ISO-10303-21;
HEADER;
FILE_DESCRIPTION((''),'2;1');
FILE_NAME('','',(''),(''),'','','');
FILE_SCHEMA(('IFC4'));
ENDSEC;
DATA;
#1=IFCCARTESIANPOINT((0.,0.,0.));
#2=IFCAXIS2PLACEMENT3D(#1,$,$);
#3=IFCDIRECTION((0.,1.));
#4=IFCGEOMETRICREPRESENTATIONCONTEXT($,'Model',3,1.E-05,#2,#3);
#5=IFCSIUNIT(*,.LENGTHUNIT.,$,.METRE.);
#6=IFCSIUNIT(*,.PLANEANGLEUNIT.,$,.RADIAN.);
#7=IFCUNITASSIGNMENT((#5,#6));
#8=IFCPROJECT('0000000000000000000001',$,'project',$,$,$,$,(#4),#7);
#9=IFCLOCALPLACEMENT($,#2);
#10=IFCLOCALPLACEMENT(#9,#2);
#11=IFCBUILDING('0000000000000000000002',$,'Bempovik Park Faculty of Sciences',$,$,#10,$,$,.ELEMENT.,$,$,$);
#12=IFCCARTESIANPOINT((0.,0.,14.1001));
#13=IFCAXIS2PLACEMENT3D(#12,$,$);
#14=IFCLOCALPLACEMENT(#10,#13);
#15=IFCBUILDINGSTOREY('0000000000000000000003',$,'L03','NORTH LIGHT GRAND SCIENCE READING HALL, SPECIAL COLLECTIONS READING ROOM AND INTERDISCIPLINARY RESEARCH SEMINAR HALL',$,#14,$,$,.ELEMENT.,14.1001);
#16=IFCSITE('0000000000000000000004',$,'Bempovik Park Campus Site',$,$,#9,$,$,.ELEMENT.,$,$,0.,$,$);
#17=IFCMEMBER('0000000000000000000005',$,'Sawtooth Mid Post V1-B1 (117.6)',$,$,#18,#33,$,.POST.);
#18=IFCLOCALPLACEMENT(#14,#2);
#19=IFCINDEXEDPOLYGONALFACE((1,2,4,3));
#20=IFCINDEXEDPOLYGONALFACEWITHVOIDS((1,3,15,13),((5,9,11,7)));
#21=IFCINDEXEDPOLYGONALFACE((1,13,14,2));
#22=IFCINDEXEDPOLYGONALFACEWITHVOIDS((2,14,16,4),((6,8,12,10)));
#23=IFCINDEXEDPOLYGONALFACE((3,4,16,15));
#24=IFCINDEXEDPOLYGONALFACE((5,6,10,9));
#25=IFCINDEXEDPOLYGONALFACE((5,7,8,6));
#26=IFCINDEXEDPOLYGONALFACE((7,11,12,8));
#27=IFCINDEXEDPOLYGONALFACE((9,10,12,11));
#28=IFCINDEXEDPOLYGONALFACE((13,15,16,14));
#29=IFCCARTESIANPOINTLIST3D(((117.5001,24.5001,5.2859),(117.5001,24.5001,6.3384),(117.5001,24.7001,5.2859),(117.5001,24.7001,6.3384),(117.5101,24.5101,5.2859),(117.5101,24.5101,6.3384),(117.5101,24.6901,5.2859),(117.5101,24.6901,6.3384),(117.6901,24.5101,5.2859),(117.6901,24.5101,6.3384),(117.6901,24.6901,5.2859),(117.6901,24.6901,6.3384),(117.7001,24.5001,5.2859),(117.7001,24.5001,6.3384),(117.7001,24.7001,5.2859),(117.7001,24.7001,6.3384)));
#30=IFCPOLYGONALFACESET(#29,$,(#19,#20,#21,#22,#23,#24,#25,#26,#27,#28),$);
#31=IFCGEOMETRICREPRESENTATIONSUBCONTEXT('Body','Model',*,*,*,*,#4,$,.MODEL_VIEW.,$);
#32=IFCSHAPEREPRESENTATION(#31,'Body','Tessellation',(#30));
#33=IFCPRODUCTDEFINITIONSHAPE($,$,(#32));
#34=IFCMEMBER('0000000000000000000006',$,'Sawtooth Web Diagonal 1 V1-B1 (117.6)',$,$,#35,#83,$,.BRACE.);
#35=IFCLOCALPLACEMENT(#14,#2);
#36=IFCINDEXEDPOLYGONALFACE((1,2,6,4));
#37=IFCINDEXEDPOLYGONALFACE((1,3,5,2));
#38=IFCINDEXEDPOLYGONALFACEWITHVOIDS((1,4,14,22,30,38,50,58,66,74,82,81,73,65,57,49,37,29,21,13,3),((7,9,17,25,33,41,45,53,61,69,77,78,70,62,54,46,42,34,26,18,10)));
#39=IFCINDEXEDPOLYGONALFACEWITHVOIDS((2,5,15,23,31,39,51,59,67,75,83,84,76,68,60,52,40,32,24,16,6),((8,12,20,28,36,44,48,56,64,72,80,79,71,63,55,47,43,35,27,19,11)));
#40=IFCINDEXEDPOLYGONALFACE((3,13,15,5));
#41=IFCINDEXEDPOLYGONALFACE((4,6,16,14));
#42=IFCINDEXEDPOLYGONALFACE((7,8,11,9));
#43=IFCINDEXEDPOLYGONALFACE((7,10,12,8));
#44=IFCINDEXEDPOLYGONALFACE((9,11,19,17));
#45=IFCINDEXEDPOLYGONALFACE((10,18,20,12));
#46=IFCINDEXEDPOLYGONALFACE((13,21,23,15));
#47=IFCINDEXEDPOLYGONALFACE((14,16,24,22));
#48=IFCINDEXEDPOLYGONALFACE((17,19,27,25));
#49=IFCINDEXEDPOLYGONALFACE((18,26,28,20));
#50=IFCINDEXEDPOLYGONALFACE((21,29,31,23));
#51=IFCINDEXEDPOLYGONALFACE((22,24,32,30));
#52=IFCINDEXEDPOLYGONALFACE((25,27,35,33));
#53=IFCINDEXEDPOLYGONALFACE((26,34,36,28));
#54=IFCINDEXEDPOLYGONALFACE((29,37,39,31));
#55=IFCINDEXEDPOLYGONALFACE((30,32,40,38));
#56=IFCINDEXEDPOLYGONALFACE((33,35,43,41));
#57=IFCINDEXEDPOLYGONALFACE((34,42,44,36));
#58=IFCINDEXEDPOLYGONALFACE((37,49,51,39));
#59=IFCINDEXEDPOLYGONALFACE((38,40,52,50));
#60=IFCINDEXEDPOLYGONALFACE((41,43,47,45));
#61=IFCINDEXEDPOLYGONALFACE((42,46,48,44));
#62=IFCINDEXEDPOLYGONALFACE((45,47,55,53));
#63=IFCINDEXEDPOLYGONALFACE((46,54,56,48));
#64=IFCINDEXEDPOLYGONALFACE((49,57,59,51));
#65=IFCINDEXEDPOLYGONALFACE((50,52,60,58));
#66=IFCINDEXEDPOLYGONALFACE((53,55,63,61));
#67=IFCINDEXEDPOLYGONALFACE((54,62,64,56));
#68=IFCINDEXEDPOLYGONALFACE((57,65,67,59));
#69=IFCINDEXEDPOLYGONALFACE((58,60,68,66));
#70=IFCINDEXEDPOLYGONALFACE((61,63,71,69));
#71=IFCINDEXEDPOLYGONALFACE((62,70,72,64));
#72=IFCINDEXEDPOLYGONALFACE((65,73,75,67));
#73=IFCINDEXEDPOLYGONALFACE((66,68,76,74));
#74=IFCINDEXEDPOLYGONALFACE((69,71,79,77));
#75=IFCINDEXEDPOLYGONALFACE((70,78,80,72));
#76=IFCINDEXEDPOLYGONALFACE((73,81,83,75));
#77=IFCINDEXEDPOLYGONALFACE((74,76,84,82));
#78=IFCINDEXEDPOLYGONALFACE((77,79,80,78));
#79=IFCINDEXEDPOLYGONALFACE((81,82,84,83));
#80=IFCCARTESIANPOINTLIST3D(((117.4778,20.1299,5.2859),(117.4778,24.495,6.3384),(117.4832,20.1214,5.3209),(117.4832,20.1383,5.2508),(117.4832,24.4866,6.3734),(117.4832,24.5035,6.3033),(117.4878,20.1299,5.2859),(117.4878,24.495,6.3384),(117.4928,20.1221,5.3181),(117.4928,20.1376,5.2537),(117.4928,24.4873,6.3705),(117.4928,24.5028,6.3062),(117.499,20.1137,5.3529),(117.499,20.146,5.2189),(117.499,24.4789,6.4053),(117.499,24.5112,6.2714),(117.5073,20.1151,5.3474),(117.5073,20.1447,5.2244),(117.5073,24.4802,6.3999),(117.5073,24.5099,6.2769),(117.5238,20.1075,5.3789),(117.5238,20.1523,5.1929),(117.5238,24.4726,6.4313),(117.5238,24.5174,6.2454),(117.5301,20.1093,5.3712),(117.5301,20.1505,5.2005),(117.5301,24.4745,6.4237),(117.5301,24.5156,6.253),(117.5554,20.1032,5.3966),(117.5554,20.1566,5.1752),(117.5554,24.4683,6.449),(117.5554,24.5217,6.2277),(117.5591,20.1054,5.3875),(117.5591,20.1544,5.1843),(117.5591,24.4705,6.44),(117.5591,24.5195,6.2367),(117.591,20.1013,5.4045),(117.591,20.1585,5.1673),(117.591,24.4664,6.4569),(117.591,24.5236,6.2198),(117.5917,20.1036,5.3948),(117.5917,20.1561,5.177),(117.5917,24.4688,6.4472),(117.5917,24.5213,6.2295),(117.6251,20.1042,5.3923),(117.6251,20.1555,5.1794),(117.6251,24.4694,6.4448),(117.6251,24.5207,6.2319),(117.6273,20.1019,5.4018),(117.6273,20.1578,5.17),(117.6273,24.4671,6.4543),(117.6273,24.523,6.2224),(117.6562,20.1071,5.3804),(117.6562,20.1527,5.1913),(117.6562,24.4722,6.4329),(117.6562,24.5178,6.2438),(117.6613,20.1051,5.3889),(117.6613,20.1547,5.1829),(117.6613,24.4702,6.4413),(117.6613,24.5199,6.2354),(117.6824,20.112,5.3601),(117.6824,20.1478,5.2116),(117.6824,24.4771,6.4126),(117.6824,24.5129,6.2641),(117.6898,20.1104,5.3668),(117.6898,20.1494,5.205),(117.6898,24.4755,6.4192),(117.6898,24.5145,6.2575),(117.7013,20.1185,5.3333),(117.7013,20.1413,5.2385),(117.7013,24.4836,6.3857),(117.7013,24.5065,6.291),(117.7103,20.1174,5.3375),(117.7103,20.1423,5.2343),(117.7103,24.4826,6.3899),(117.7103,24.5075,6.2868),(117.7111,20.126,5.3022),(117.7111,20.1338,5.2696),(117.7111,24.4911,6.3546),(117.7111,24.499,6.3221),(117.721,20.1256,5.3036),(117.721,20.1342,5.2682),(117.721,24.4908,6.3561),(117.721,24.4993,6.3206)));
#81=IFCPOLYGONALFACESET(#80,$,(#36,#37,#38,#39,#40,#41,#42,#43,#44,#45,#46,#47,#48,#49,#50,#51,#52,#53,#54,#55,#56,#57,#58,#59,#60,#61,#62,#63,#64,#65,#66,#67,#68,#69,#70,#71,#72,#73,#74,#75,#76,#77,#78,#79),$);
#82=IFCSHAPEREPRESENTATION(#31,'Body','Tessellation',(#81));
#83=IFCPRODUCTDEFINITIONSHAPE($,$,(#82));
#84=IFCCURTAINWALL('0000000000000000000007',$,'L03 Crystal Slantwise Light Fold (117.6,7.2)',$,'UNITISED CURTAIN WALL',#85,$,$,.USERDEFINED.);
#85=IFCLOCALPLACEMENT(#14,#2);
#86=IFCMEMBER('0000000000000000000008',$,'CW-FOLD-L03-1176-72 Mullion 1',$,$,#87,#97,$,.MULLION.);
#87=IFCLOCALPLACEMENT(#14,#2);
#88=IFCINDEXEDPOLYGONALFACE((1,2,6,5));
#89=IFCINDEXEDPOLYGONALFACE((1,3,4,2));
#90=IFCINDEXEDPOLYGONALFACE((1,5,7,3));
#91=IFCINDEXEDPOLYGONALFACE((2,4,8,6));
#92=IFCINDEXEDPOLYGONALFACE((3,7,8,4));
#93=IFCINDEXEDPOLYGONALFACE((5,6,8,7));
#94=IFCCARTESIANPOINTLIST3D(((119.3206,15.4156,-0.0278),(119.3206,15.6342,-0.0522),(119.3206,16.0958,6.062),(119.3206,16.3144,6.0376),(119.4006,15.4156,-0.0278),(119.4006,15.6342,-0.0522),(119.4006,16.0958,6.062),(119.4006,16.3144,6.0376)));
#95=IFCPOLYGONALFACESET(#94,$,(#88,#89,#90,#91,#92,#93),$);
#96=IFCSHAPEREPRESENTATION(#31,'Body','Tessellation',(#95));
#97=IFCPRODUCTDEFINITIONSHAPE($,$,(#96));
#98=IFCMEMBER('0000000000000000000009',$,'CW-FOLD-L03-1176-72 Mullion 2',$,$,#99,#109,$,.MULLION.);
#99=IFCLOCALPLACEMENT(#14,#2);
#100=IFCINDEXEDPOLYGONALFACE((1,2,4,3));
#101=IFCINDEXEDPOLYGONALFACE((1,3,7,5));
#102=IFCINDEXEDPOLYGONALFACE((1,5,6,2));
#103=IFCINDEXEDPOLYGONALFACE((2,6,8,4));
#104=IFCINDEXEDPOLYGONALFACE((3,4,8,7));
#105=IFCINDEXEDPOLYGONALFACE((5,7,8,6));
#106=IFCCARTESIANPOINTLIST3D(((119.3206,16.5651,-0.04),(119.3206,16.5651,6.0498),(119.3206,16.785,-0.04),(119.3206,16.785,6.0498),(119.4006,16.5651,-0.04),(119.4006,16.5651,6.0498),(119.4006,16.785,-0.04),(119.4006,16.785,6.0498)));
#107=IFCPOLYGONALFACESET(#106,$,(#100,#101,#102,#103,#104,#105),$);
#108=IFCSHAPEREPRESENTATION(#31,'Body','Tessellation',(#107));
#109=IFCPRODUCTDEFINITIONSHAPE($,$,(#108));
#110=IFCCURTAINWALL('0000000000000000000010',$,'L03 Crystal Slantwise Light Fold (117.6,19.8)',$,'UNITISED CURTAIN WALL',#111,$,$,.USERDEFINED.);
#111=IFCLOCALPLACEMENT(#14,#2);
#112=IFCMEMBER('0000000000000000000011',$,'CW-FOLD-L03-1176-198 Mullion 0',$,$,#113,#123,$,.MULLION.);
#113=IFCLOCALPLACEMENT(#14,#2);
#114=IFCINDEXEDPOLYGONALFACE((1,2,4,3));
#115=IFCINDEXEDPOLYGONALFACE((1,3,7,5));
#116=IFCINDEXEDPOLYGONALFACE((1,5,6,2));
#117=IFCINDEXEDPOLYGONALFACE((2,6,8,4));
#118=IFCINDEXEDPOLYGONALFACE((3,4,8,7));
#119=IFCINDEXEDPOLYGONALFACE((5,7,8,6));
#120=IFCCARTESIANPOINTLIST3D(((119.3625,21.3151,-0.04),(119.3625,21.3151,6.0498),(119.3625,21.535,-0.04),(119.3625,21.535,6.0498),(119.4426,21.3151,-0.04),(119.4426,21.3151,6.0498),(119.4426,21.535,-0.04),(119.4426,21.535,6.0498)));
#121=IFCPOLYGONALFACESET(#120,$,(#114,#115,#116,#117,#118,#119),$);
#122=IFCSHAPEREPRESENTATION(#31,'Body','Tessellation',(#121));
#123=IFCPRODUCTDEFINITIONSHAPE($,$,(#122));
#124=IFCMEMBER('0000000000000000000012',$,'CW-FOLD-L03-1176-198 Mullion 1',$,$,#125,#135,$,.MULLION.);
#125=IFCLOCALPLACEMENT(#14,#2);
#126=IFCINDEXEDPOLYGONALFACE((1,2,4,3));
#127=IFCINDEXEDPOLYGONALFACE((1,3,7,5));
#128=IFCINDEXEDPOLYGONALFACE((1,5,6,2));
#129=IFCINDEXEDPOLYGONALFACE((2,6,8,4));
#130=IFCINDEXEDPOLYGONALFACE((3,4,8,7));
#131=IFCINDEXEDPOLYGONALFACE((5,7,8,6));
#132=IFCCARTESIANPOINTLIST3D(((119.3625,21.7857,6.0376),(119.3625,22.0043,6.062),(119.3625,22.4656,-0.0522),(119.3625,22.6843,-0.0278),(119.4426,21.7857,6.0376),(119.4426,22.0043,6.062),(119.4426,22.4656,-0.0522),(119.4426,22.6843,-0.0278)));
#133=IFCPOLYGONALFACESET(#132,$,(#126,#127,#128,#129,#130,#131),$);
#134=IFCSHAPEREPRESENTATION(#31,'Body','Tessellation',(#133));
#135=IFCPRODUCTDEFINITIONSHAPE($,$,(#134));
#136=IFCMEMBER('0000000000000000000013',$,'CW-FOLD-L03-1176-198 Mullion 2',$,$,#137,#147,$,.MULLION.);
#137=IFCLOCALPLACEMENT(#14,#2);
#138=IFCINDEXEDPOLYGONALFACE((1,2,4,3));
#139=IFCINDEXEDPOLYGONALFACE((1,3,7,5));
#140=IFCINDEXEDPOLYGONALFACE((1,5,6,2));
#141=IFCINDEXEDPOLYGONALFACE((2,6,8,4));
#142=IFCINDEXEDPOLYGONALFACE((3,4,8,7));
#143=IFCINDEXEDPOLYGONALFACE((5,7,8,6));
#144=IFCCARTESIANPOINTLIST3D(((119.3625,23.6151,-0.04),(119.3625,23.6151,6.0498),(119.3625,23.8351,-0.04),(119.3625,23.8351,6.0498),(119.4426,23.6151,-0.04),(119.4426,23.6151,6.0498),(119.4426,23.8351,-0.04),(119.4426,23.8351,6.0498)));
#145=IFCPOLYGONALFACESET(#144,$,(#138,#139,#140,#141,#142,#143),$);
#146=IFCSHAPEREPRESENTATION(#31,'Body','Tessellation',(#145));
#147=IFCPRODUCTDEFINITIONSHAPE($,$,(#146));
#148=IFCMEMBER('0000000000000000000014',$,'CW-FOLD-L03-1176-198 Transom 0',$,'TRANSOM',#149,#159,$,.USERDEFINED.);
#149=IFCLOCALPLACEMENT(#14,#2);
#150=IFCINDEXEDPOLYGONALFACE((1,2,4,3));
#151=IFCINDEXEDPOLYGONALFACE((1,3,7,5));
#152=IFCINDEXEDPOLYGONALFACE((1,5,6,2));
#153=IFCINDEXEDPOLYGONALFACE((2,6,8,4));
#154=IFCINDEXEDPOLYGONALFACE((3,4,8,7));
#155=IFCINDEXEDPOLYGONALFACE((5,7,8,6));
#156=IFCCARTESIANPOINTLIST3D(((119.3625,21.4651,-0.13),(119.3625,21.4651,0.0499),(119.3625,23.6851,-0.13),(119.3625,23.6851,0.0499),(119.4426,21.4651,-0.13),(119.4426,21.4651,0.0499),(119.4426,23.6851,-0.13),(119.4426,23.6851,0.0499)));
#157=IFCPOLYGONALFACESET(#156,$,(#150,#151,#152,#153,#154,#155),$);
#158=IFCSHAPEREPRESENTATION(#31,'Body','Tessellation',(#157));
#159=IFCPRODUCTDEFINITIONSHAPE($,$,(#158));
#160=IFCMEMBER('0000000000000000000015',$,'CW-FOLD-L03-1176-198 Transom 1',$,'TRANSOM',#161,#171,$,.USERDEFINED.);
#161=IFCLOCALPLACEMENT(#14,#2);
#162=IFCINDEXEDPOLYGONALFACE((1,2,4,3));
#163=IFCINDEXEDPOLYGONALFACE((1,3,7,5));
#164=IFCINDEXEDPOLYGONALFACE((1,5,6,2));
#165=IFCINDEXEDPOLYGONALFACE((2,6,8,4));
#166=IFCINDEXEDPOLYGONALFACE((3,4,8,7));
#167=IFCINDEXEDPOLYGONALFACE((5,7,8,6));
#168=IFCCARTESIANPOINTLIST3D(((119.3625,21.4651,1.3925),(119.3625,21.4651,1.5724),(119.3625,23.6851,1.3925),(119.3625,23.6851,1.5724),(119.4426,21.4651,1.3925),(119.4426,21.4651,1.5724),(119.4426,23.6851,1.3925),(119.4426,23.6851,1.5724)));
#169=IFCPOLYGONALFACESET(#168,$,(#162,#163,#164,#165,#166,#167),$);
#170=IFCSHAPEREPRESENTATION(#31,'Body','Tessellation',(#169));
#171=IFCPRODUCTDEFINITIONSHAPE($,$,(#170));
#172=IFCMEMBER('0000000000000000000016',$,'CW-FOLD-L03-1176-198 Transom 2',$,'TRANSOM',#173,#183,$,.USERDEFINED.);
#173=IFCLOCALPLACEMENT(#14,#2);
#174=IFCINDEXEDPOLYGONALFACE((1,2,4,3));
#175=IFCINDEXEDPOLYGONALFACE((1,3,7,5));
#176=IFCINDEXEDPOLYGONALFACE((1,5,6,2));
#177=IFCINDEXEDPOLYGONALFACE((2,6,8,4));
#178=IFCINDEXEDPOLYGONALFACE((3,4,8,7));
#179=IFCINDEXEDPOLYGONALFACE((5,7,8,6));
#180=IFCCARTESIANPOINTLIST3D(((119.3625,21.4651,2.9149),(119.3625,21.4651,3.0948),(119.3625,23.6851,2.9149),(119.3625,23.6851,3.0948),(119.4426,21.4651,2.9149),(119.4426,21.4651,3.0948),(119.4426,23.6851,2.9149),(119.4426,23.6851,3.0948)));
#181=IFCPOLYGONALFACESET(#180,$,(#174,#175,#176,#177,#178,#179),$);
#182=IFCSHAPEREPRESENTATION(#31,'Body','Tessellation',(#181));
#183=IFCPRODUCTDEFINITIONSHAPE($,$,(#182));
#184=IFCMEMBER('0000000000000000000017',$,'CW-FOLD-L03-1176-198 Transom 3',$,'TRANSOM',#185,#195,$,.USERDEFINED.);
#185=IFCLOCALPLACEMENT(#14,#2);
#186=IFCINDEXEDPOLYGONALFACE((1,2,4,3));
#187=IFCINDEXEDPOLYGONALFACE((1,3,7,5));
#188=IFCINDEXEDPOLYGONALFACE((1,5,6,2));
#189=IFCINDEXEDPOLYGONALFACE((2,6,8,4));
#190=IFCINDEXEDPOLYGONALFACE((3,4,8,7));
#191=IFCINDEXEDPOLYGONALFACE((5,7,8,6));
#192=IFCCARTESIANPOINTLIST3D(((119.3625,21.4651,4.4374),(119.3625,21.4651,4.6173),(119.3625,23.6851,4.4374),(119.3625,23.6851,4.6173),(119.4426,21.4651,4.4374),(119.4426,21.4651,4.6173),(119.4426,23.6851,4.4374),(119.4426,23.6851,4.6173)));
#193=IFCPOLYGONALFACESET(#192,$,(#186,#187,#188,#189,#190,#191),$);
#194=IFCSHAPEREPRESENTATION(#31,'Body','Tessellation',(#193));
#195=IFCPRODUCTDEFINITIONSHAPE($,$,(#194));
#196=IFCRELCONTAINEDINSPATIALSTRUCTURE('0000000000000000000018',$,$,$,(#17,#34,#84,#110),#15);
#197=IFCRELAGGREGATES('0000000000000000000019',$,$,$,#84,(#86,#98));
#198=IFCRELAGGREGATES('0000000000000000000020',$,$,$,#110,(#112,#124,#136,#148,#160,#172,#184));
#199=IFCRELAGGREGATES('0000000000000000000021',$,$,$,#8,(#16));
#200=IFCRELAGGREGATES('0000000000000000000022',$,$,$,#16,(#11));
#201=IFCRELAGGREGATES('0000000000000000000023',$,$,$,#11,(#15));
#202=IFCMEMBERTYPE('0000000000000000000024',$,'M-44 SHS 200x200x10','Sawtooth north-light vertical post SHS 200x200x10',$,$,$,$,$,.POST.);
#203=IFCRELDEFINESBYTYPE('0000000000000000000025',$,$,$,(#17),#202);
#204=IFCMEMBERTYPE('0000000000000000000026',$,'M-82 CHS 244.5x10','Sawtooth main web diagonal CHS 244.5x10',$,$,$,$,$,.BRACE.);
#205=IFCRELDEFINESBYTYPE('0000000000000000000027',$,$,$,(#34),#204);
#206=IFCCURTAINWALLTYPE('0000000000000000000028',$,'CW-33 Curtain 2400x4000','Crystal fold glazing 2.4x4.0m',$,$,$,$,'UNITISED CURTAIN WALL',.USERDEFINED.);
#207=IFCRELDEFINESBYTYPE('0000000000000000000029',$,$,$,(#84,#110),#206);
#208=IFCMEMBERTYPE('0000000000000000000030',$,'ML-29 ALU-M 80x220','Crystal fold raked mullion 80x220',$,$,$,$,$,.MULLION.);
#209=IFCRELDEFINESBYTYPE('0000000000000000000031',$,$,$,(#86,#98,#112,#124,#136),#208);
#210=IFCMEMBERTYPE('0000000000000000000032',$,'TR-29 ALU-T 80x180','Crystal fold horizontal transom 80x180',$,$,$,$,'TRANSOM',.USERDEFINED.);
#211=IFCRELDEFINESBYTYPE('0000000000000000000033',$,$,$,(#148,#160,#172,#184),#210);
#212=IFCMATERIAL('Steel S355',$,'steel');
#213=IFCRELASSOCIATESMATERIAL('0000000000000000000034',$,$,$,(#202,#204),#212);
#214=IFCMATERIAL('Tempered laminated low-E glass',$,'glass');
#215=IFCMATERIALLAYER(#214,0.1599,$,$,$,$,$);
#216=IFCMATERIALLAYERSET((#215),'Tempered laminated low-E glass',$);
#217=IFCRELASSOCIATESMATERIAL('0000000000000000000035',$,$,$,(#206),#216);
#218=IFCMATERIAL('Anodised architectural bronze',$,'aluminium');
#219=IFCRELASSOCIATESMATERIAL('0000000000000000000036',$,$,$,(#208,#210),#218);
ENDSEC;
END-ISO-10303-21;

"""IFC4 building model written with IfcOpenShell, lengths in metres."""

from ifc_helpers import new_model, si_unit, direction, frame, origin, origin_2d, place, context, subcontext, project, spatial, rectangle, hollow_rectangle, hollow_circle, extrude, material, layer, layer_set, material_profile, profile_set, type_object, element, aggregate, save


model = new_model("IFC4")

# Units and contexts
model_context = context("Model", 3, precision=1e-05, world=origin(), true_north=direction((0.0, 1.0)))
body_context = subcontext(model_context, "Body", "Model", "MODEL_VIEW")
ifc_project = project(units=[si_unit("LENGTHUNIT", "METRE"), si_unit("PLANEANGLEUNIT", "RADIAN")], contexts=[model_context])

# Site, building, storey
site_placement = place(None, origin())
site = spatial("IfcSite", under=ifc_project, at=site_placement, Name="Bempovik Park Campus Site", CompositionType="ELEMENT", RefElevation=0.0)
building_placement = place(site_placement, origin())
building = spatial("IfcBuilding", under=site, at=building_placement, Name="Bempovik Park Faculty of Sciences", CompositionType="ELEMENT")
storey_placement = place(building_placement, frame((0.0, 0.0, 14.1001)))
storey = spatial("IfcBuildingStorey", under=building, at=storey_placement, Name="L03", Description="NORTH LIGHT GRAND SCIENCE READING HALL, SPECIAL COLLECTIONS READING ROOM AND INTERDISCIPLINARY RESEARCH SEMINAR HALL", CompositionType="ELEMENT", Elevation=14.1001)

# Members
ifc_material_1 = material(Name="Steel S355", Category="steel")
ifc_material_profile_1 = material_profile(ifc_material_1, hollow_rectangle(XDim=0.2, YDim=0.2, WallThickness=0.01, at=origin_2d()), Name="SHS 200x200x10")
ifc_profile_set_1 = profile_set([ifc_material_profile_1], Name="Steel S355")
member_type_1 = type_object("IfcMemberType", Name="M-44 SHS 200x200x10", Description="Sawtooth north-light vertical post SHS 200x200x10", PredefinedType="POST", material=ifc_profile_set_1)
member_1_placement = place(storey_placement, frame((117.6001, 24.6001, 5.2859), z_axis=(0.0, 0.0, 1.0), x_axis=(1.0, 0.0, 0.0)))
element("IfcMember", 1, at=member_1_placement, inside=storey, type_object=member_type_1, Name="Sawtooth Mid Post V1-B1 (117.6)", PredefinedType="POST", context=body_context, shape_type="SweptSolid", body=[
    extrude(hollow_rectangle(XDim=0.2, YDim=0.2, WallThickness=0.01, at=origin_2d()), origin(), (0.0, 0.0, 1.0), 1.0525),
])
ifc_material_profile_2 = material_profile(ifc_material_1, hollow_circle(Radius=0.1223, WallThickness=0.01, at=origin_2d()), Name="CHS 244.5x10")
ifc_profile_set_2 = profile_set([ifc_material_profile_2], Name="Steel S355")
member_type_2 = type_object("IfcMemberType", Name="M-82 CHS 244.5x10", Description="Sawtooth main web diagonal CHS 244.5x10", PredefinedType="BRACE", material=ifc_profile_set_2)
member_2_placement = place(storey_placement, frame((117.6001, 20.1299, 5.2859), z_axis=(0.0, 0.972142, 0.234391), x_axis=(-1.0, 0.0, 0.0)))
element("IfcMember", 2, at=member_2_placement, inside=storey, type_object=member_type_2, Name="Sawtooth Web Diagonal 1 V1-B1 (117.6)", PredefinedType="BRACE", context=body_context, shape_type="SweptSolid", body=[
    extrude(hollow_circle(Radius=0.1223, WallThickness=0.01, at=origin_2d()), origin(), (0.0, 0.0, 1.0), 4.4902),
])

# Curtain walls, members
ifc_material_2 = material(Name="Tempered laminated low-E glass", Category="glass")
ifc_layer_1 = layer(ifc_material_2, 0.1599)
ifc_layer_set_1 = layer_set([ifc_layer_1], Name="Tempered laminated low-E glass")
curtain_wall_type = type_object("IfcCurtainWallType", Name="CW-33 Curtain 2400x4000", Description="Crystal fold glazing 2.4x4.0m", ElementType="UNITISED CURTAIN WALL", PredefinedType="USERDEFINED", material=ifc_layer_set_1)
curtain_wall_1_placement = place(storey_placement, origin())
curtain_wall_1 = element("IfcCurtainWall", 3, at=curtain_wall_1_placement, inside=storey, type_object=curtain_wall_type, Name="L03 Crystal Slantwise Light Fold (117.6,7.2)", ObjectType="UNITISED CURTAIN WALL", PredefinedType="USERDEFINED")
ifc_material_3 = material(Name="Anodised architectural bronze", Category="aluminium")
ifc_material_profile_3 = material_profile(ifc_material_3, rectangle(XDim=0.0801, YDim=0.22, at=origin_2d()), Name="ALU-M 80x220")
ifc_profile_set_3 = profile_set([ifc_material_profile_3], Name="Anodised architectural bronze")
member_type_3 = type_object("IfcMemberType", Name="ML-29 ALU-M 80x220", Description="Crystal fold raked mullion 80x220", PredefinedType="MULLION", material=ifc_profile_set_3)
member_3_placement = place(storey_placement, frame((119.3606, 15.5249, -0.04), z_axis=(0.0, 0.111, 0.99382), x_axis=(-1.0, 0.0, 0.0)))
member_3 = element("IfcMember", 4, at=member_3_placement, type_object=member_type_3, Name="CW-FOLD-L03-1176-72 Mullion 1", PredefinedType="MULLION", context=body_context, shape_type="SweptSolid", body=[
    extrude(rectangle(XDim=0.0801, YDim=0.22, at=origin_2d()), origin(), (0.0, 0.0, 1.0), 6.1277),
])
member_4_placement = place(storey_placement, frame((119.3606, 16.675, -0.04), z_axis=(0.0, 0.0, 1.0), x_axis=(1.0, 0.0, 0.0)))
member_4 = element("IfcMember", 5, at=member_4_placement, type_object=member_type_3, Name="CW-FOLD-L03-1176-72 Mullion 2", PredefinedType="MULLION", context=body_context, shape_type="SweptSolid", body=[
    extrude(rectangle(XDim=0.0801, YDim=0.22, at=origin_2d()), origin(), (0.0, 0.0, 1.0), 6.0898),
])
curtain_wall_2_placement = place(storey_placement, origin())
curtain_wall_2 = element("IfcCurtainWall", 6, at=curtain_wall_2_placement, inside=storey, type_object=curtain_wall_type, Name="L03 Crystal Slantwise Light Fold (117.6,19.8)", ObjectType="UNITISED CURTAIN WALL", PredefinedType="USERDEFINED")
member_5_placement = place(storey_placement, frame((119.4026, 21.425, -0.04), z_axis=(0.0, 0.0, 1.0), x_axis=(1.0, 0.0, 0.0)))
member_5 = element("IfcMember", 7, at=member_5_placement, type_object=member_type_3, Name="CW-FOLD-L03-1176-198 Mullion 0", PredefinedType="MULLION", context=body_context, shape_type="SweptSolid", body=[
    extrude(rectangle(XDim=0.0801, YDim=0.22, at=origin_2d()), origin(), (0.0, 0.0, 1.0), 6.0898),
])
member_6_placement = place(storey_placement, frame((119.4026, 22.575, -0.04), z_axis=(0.0, -0.110961, 0.993825), x_axis=(1.0, 0.0, 0.0)))
member_6 = element("IfcMember", 8, at=member_6_placement, type_object=member_type_3, Name="CW-FOLD-L03-1176-198 Mullion 1", PredefinedType="MULLION", context=body_context, shape_type="SweptSolid", body=[
    extrude(rectangle(XDim=0.0801, YDim=0.22, at=origin_2d()), origin(), (0.0, 0.0, 1.0), 6.1277),
])
member_7_placement = place(storey_placement, frame((119.4026, 23.7251, -0.04), z_axis=(0.0, 0.0, 1.0), x_axis=(1.0, 0.0, 0.0)))
member_7 = element("IfcMember", 9, at=member_7_placement, type_object=member_type_3, Name="CW-FOLD-L03-1176-198 Mullion 2", PredefinedType="MULLION", context=body_context, shape_type="SweptSolid", body=[
    extrude(rectangle(XDim=0.0801, YDim=0.22, at=origin_2d()), origin(), (0.0, 0.0, 1.0), 6.0898),
])
ifc_material_profile_4 = material_profile(ifc_material_3, rectangle(XDim=0.0801, YDim=0.1799, at=origin_2d()), Name="ALU-T 80x180")
ifc_profile_set_4 = profile_set([ifc_material_profile_4], Name="Anodised architectural bronze")
member_type_4 = type_object("IfcMemberType", Name="TR-29 ALU-T 80x180", Description="Crystal fold horizontal transom 80x180", ElementType="TRANSOM", PredefinedType="USERDEFINED", material=ifc_profile_set_4)
member_8_placement = place(storey_placement, frame((119.4026, 21.4651, -0.04), z_axis=(0.0, 1.0, 0.0), x_axis=(-1.0, 0.0, 0.0)))
member_8 = element("IfcMember", 10, at=member_8_placement, type_object=member_type_4, Name="CW-FOLD-L03-1176-198 Transom 0", ObjectType="TRANSOM", PredefinedType="USERDEFINED", context=body_context, shape_type="SweptSolid", body=[
    extrude(rectangle(XDim=0.0801, YDim=0.1799, at=origin_2d()), origin(), (0.0, 0.0, 1.0), 2.22),
])
member_9_placement = place(storey_placement, frame((119.4026, 21.4651, 1.4824), z_axis=(0.0, 1.0, 0.0), x_axis=(-1.0, 0.0, 0.0)))
member_9 = element("IfcMember", 11, at=member_9_placement, type_object=member_type_4, Name="CW-FOLD-L03-1176-198 Transom 1", ObjectType="TRANSOM", PredefinedType="USERDEFINED", context=body_context, shape_type="SweptSolid", body=[
    extrude(rectangle(XDim=0.0801, YDim=0.1799, at=origin_2d()), origin(), (0.0, 0.0, 1.0), 2.22),
])
member_10_placement = place(storey_placement, frame((119.4026, 21.4651, 3.0049), z_axis=(0.0, 1.0, 0.0), x_axis=(-1.0, 0.0, 0.0)))
member_10 = element("IfcMember", 12, at=member_10_placement, type_object=member_type_4, Name="CW-FOLD-L03-1176-198 Transom 2", ObjectType="TRANSOM", PredefinedType="USERDEFINED", context=body_context, shape_type="SweptSolid", body=[
    extrude(rectangle(XDim=0.0801, YDim=0.1799, at=origin_2d()), origin(), (0.0, 0.0, 1.0), 2.22),
])
member_11_placement = place(storey_placement, frame((119.4026, 21.4651, 4.5273), z_axis=(0.0, 1.0, 0.0), x_axis=(-1.0, 0.0, 0.0)))
member_11 = element("IfcMember", 13, at=member_11_placement, type_object=member_type_4, Name="CW-FOLD-L03-1176-198 Transom 3", ObjectType="TRANSOM", PredefinedType="USERDEFINED", context=body_context, shape_type="SweptSolid", body=[
    extrude(rectangle(XDim=0.0801, YDim=0.1799, at=origin_2d()), origin(), (0.0, 0.0, 1.0), 2.22),
])

aggregate(curtain_wall_1, [member_3, member_4])
aggregate(curtain_wall_2, [member_5, member_6, member_7, member_8, member_9, member_10, member_11])

save(model, "model.ifc")
